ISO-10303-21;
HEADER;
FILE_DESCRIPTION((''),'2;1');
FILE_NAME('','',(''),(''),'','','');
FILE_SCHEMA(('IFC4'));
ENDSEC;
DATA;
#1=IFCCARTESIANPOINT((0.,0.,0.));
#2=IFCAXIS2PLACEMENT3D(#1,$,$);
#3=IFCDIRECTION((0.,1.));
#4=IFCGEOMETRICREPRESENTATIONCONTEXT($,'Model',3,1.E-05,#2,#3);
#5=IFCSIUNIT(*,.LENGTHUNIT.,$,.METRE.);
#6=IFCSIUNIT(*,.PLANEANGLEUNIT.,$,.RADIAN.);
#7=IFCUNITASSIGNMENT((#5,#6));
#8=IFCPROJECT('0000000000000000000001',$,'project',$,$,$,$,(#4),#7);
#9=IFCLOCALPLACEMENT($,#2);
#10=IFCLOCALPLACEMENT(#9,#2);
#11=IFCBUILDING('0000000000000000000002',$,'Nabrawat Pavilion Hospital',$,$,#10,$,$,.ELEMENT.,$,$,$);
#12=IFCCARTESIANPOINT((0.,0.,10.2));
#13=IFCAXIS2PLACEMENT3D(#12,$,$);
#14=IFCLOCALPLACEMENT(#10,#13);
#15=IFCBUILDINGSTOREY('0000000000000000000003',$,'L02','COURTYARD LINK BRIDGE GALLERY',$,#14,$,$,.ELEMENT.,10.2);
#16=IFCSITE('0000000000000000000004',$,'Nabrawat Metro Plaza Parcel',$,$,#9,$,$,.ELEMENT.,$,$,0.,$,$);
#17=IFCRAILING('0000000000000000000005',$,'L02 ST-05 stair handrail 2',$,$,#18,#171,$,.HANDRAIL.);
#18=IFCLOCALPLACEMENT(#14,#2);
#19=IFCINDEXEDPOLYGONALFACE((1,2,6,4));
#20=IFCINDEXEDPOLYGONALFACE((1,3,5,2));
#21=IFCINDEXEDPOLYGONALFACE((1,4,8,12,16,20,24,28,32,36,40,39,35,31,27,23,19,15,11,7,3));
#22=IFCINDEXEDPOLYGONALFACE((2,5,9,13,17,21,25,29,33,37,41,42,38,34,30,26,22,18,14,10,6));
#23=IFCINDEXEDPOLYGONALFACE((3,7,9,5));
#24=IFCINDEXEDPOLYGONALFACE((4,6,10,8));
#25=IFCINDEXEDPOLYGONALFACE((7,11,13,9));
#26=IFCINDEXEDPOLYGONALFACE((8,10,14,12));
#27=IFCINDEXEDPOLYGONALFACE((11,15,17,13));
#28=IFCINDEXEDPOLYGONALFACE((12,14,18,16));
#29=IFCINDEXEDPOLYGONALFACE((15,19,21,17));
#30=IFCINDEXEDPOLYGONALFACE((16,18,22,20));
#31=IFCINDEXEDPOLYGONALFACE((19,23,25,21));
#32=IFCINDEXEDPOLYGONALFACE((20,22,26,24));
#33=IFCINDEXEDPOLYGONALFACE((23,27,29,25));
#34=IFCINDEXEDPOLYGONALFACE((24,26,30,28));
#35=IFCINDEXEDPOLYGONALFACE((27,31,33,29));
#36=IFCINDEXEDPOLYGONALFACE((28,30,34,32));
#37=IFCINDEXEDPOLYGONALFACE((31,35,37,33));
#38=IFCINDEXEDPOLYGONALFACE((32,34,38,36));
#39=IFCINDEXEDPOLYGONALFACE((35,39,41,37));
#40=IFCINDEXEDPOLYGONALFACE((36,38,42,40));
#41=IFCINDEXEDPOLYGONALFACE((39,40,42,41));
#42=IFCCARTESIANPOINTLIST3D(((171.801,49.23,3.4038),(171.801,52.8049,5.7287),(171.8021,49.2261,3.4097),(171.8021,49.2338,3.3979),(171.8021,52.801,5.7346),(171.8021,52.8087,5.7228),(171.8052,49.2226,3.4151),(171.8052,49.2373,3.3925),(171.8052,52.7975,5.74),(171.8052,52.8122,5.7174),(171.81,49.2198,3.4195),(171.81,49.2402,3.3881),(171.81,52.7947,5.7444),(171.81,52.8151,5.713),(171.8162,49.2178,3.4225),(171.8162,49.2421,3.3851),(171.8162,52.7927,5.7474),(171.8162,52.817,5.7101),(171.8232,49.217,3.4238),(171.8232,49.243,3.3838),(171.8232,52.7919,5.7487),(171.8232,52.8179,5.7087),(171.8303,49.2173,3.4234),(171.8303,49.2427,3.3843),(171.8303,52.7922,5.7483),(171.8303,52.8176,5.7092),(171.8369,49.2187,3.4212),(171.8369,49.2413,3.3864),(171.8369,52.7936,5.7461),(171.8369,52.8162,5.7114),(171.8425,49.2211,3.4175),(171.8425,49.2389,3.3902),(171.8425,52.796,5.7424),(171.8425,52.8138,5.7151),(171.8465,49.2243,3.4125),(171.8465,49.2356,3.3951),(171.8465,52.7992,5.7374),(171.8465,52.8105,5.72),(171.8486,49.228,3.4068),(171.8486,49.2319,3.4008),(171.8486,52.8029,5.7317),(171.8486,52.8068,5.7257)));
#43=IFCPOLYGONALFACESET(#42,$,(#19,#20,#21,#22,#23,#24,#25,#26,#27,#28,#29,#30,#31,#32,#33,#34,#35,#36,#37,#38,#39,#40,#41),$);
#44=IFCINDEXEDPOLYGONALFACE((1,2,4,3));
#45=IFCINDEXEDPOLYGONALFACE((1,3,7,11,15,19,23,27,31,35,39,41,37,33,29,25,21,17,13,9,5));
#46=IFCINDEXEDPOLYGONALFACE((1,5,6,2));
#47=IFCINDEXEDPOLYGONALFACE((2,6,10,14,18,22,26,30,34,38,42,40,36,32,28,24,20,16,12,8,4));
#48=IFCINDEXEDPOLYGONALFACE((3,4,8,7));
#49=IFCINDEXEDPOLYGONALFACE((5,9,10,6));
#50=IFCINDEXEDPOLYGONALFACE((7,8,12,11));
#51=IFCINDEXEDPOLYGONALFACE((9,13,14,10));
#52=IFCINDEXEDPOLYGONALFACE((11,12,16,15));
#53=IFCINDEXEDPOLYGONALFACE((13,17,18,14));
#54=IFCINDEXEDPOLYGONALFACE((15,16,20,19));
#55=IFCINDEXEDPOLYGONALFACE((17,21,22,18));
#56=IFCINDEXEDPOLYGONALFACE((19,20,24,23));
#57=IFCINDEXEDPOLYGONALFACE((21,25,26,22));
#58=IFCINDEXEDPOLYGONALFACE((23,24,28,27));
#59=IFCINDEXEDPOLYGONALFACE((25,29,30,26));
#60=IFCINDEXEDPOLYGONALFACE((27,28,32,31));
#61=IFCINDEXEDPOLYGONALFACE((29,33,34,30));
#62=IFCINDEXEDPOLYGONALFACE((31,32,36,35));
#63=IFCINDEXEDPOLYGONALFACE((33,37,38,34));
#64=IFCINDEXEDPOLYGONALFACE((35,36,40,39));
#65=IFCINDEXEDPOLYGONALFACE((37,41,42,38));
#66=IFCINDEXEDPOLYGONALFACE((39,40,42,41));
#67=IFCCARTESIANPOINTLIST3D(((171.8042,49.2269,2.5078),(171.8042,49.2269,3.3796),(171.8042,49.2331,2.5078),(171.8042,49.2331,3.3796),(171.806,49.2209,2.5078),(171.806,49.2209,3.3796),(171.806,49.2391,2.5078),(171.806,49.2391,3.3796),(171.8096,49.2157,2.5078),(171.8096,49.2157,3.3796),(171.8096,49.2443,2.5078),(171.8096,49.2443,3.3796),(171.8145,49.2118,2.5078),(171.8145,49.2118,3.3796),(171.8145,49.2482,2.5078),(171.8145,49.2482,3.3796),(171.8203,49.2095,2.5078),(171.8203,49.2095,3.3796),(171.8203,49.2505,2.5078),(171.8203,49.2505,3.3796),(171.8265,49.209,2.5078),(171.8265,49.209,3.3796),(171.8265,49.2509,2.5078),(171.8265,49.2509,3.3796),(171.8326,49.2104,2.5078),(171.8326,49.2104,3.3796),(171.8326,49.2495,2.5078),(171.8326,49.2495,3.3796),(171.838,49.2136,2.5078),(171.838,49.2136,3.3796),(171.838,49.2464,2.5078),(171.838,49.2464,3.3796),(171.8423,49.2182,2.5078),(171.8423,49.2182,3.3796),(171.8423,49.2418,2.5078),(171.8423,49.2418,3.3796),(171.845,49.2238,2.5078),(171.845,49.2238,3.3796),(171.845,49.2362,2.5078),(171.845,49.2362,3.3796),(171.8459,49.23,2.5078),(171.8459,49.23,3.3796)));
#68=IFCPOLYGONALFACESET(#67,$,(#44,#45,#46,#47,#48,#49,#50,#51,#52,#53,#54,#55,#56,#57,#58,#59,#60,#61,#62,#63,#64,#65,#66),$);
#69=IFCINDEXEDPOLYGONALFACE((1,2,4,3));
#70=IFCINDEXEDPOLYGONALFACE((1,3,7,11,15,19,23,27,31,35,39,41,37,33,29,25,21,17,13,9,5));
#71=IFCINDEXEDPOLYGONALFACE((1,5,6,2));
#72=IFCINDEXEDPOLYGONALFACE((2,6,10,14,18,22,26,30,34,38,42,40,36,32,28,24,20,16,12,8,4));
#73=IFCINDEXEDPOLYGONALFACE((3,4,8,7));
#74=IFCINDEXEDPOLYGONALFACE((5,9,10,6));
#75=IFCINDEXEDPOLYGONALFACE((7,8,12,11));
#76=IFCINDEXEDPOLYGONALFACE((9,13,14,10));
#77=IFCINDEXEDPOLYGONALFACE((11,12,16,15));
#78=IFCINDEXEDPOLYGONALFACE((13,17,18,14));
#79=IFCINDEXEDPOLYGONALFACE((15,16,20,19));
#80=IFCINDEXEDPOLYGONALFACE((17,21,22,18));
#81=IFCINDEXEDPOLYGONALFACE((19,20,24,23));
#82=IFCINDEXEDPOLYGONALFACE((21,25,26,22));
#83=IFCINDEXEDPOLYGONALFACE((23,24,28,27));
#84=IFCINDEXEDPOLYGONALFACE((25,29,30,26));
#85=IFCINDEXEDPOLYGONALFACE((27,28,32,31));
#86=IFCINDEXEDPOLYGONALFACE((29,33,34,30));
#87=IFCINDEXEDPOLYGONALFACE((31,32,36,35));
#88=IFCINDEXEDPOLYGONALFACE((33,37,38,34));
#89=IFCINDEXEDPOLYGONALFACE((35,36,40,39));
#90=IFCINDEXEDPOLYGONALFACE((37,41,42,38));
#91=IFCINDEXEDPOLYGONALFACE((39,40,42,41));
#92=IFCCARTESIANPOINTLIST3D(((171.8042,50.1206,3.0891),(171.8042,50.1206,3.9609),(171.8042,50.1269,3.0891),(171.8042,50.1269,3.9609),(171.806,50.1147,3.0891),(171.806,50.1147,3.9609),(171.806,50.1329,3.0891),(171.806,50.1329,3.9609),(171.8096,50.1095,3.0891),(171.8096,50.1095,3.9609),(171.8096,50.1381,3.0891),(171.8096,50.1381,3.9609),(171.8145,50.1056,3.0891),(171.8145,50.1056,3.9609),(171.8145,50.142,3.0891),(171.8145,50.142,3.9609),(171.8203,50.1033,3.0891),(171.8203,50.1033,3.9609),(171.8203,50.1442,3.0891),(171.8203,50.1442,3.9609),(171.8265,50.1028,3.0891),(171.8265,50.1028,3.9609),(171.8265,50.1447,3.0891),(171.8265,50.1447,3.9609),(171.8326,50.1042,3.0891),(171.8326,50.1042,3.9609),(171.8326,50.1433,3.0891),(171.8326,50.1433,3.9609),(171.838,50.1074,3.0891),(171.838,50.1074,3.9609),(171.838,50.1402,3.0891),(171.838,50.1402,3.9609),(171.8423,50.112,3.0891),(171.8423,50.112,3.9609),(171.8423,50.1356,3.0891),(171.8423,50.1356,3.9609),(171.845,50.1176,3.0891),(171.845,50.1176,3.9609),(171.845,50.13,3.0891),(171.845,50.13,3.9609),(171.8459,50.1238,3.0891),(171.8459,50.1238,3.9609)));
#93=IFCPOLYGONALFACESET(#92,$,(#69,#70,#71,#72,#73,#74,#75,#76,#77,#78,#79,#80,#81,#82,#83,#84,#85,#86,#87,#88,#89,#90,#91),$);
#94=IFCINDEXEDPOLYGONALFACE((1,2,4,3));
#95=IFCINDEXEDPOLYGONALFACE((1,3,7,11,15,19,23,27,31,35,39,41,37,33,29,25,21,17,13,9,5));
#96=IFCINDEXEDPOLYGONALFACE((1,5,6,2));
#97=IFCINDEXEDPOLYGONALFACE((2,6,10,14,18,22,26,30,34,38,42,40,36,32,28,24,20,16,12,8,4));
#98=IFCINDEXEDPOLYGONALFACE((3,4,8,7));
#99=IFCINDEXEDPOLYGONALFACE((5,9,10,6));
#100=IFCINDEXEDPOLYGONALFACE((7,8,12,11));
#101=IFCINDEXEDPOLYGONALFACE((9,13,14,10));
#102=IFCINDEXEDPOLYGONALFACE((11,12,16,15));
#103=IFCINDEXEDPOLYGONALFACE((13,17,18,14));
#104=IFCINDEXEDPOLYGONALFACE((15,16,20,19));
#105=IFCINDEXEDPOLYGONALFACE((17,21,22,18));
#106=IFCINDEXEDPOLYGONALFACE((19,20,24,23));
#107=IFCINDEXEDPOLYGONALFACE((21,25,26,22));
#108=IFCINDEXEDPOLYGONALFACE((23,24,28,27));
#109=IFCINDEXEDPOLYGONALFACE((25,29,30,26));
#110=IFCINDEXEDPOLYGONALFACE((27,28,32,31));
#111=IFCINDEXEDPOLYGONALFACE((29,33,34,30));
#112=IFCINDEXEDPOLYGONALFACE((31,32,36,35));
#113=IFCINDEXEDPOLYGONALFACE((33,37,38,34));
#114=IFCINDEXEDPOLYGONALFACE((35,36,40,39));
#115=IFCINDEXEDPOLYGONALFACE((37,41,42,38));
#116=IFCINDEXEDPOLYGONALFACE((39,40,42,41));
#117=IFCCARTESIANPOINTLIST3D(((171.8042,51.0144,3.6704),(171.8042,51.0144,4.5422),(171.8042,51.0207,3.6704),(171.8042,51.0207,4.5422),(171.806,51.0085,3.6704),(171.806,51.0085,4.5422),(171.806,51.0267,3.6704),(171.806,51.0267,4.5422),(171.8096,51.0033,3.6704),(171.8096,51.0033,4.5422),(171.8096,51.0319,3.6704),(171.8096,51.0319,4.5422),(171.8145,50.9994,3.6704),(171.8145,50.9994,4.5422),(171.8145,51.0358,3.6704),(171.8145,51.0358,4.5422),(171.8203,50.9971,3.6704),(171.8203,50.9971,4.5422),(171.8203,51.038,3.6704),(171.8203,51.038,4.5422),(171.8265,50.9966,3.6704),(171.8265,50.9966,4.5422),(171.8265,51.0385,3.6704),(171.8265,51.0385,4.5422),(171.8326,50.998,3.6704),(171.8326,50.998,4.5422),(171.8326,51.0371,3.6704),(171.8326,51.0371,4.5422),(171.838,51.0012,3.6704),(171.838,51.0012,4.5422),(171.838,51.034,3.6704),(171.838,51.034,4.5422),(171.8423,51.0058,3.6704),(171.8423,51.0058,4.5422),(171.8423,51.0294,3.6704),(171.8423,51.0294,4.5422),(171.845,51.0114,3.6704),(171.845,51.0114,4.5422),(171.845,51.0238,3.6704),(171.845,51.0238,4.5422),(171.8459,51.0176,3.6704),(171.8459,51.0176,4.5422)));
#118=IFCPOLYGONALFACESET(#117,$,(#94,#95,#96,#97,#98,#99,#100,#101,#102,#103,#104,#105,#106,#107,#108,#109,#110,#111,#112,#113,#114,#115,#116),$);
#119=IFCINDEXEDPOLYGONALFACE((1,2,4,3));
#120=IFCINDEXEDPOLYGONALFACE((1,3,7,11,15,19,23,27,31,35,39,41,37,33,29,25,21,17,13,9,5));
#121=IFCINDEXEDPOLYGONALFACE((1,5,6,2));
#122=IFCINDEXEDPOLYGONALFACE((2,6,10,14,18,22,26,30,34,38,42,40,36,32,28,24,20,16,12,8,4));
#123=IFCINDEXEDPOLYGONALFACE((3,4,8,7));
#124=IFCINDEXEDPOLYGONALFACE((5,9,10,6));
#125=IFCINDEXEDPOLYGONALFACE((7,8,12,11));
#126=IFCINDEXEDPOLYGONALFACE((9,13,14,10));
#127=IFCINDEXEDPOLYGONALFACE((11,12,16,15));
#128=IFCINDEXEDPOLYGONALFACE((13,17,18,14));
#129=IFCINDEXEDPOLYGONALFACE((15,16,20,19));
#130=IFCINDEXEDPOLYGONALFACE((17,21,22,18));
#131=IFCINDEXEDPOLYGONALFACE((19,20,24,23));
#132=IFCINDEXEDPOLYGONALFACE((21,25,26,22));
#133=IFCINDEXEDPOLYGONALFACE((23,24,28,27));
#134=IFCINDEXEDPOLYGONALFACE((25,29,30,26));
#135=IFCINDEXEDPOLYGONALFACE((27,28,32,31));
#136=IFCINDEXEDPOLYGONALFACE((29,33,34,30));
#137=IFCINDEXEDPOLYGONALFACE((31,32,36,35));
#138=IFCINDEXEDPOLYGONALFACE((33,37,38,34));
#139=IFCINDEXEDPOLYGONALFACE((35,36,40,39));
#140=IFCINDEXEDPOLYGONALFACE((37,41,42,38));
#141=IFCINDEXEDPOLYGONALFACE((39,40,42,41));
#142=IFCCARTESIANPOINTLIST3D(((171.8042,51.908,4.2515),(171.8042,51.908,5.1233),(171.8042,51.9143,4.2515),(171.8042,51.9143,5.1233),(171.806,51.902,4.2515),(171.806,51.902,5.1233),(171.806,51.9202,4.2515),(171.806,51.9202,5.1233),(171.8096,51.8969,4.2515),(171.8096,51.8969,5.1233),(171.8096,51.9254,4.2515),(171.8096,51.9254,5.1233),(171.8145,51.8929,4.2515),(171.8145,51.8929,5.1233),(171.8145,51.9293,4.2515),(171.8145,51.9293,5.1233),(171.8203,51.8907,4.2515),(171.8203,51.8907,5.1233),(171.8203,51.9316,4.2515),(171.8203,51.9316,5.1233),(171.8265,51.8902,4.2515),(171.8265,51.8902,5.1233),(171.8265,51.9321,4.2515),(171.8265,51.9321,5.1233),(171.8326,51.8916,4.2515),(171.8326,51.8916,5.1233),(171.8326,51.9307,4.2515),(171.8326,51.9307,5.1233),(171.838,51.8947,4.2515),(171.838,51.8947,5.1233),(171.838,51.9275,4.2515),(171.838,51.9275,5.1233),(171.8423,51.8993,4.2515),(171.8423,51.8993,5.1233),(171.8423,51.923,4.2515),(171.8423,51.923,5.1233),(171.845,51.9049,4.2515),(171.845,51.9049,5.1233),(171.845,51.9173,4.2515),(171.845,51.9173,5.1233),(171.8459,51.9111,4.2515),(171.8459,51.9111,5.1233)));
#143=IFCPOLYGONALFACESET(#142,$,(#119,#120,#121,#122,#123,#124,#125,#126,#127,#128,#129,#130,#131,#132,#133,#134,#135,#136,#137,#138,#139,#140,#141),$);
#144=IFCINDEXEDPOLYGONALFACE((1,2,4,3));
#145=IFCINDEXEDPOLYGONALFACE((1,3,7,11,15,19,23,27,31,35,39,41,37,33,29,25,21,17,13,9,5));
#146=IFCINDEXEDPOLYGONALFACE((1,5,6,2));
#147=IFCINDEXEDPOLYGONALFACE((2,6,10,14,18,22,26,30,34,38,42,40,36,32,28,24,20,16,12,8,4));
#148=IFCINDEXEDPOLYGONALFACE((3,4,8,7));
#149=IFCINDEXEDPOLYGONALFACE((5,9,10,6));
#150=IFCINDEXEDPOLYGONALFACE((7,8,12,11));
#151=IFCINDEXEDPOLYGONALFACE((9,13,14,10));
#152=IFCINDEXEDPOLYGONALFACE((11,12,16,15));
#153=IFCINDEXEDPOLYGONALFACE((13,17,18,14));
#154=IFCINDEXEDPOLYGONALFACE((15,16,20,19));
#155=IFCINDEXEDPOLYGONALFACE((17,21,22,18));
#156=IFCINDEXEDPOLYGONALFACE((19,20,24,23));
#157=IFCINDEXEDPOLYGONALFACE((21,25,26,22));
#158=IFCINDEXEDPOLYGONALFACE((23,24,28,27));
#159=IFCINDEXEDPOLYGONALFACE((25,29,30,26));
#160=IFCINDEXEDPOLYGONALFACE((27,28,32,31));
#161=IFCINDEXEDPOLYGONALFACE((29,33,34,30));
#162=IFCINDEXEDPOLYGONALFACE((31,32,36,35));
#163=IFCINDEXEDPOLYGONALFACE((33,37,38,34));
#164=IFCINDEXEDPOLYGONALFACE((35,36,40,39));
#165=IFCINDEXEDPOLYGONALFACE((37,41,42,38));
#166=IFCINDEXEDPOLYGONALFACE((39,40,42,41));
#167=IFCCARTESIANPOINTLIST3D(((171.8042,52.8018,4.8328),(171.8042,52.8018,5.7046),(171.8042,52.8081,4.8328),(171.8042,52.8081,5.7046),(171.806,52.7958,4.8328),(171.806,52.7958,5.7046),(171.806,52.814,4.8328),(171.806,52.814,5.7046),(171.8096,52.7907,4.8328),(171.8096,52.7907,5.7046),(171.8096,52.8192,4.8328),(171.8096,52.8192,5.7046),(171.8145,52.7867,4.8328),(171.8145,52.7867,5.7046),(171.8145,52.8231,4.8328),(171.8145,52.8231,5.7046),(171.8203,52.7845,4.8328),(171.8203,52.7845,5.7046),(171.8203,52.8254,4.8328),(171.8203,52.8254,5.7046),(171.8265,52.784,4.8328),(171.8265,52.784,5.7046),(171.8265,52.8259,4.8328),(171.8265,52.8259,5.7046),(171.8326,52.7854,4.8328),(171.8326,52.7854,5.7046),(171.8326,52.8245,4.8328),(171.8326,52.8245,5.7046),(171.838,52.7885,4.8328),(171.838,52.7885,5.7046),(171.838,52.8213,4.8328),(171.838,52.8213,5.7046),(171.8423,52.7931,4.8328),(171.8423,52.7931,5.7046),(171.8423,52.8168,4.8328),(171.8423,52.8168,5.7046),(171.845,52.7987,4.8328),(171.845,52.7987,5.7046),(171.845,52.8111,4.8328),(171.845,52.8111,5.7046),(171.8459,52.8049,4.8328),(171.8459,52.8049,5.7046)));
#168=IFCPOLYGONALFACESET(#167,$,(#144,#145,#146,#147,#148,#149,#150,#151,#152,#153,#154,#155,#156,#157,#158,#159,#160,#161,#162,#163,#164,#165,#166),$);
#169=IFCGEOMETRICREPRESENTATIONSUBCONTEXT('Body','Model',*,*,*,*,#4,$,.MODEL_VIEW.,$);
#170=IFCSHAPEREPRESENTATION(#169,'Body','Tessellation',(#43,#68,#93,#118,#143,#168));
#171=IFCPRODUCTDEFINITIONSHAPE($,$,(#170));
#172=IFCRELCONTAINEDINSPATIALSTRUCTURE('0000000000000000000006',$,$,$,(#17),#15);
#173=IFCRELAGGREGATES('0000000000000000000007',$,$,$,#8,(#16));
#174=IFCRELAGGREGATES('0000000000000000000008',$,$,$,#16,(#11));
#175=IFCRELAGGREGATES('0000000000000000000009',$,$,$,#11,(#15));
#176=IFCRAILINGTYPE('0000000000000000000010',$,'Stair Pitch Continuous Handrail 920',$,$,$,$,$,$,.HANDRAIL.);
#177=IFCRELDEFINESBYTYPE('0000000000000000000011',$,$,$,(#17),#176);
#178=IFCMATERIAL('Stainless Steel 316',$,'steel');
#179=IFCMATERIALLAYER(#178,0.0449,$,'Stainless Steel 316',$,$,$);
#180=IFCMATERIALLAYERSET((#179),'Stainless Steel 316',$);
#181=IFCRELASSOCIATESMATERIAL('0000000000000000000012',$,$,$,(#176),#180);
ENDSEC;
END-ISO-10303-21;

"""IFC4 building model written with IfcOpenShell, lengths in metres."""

from ifc_helpers import new_model, si_unit, direction, frame, origin, origin_2d, place, context, subcontext, project, spatial, circle, extrude, material, layer, layer_set, type_object, element, save


model = new_model("IFC4")

# Units and contexts
model_context = context("Model", 3, precision=1e-05, world=origin(), true_north=direction((0.0, 1.0)))
body_context = subcontext(model_context, "Body", "Model", "MODEL_VIEW")
ifc_project = project(units=[si_unit("LENGTHUNIT", "METRE"), si_unit("PLANEANGLEUNIT", "RADIAN")], contexts=[model_context])

# Site, building, storey
site_placement = place(None, origin())
site = spatial("IfcSite", under=ifc_project, at=site_placement, Name="Nabrawat Metro Plaza Parcel", CompositionType="ELEMENT", RefElevation=0.0)
building_placement = place(site_placement, origin())
building = spatial("IfcBuilding", under=site, at=building_placement, Name="Nabrawat Pavilion Hospital", CompositionType="ELEMENT")
storey_placement = place(building_placement, frame((0.0, 0.0, 10.2)))
storey = spatial("IfcBuildingStorey", under=building, at=storey_placement, Name="L02", Description="COURTYARD LINK BRIDGE GALLERY", CompositionType="ELEMENT", Elevation=10.2)

# Railing
ifc_material_1 = material(Name="Stainless Steel 316", Category="steel")
ifc_layer_1 = layer(ifc_material_1, 0.0449, Name="Stainless Steel 316")
ifc_layer_set_1 = layer_set([ifc_layer_1], Name="Stainless Steel 316")
railing_type_1 = type_object("IfcRailingType", Name="Stair Pitch Continuous Handrail 920", PredefinedType="HANDRAIL", material=ifc_layer_set_1)
railing_1_placement = place(storey_placement, frame((171.825, 49.23, 2.5078)))
element("IfcRailing", 1, at=railing_1_placement, inside=storey, type_object=railing_type_1, Name="L02 ST-05 stair handrail 2", PredefinedType="HANDRAIL", context=body_context, shape_type="SweptSolid", body=[
    extrude(circle(Radius=0.0239, at=origin_2d()), frame((0.0, 0.0, 0.896), z_axis=(0.0, 0.838311, 0.545192), x_axis=(-1.0, 0.0, 0.0)), (0.0, 0.0, 1.0), 4.2644),
    extrude(circle(Radius=0.021, at=origin_2d()), origin(), (0.0, 0.0, 1.0), 0.8718),
    extrude(circle(Radius=0.021, at=origin_2d()), frame((0.0, 0.8938, 0.5813)), (0.0, 0.0, 1.0), 0.8718),
    extrude(circle(Radius=0.021, at=origin_2d()), frame((0.0, 1.7876, 1.1626)), (0.0, 0.0, 1.0), 0.8718),
    extrude(circle(Radius=0.021, at=origin_2d()), frame((0.0, 2.6812, 1.7437)), (0.0, 0.0, 1.0), 0.8718),
    extrude(circle(Radius=0.021, at=origin_2d()), frame((0.0, 3.575, 2.325)), (0.0, 0.0, 1.0), 0.8718),
])

save(model, "model.ifc")
